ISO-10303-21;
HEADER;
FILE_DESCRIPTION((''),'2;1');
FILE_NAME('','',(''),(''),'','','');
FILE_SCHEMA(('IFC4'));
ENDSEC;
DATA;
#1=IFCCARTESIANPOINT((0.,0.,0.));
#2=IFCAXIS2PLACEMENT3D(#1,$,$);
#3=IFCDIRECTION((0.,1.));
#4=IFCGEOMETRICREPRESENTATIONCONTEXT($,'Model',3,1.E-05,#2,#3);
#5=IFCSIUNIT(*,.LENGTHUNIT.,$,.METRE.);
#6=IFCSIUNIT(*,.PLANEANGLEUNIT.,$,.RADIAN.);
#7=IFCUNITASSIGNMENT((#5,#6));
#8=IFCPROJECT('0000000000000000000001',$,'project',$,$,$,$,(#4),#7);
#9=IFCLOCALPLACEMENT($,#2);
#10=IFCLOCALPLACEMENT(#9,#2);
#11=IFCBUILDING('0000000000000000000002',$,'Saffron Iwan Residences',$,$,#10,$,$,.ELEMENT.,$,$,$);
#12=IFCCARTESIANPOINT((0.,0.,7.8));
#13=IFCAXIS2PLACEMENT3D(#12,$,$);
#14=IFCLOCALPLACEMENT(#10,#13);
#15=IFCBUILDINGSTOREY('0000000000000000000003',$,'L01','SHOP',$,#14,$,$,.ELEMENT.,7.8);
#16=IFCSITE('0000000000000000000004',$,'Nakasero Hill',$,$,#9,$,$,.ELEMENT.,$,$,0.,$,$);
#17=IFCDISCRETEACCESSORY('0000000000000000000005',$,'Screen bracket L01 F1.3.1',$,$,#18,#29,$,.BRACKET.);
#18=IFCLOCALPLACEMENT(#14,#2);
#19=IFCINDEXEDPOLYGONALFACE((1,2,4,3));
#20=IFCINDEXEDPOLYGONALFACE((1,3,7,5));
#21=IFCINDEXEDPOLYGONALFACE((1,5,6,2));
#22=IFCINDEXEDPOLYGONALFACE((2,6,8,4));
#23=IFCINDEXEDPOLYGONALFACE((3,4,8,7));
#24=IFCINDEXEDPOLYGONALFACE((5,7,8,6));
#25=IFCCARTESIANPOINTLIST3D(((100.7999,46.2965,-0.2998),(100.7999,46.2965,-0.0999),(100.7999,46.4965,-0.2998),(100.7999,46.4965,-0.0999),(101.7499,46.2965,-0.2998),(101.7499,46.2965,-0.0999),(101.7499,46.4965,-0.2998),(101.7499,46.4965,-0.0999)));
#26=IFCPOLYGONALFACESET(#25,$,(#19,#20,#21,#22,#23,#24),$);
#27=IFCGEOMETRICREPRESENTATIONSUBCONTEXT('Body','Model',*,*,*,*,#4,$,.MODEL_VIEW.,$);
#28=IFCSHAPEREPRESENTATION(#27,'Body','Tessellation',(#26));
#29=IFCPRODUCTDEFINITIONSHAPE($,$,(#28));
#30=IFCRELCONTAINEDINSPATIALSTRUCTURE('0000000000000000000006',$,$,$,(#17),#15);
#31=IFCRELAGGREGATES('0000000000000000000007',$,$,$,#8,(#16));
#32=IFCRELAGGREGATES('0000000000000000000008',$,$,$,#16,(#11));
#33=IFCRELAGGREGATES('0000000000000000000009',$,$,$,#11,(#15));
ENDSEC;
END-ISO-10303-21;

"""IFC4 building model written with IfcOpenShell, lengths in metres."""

from ifc_helpers import new_model, si_unit, direction, frame, origin, origin_2d, place, context, subcontext, project, spatial, rectangle, extrude, source, transform, mapped, element, save


model = new_model("IFC4")

# Units and contexts
model_context = context("Model", 3, precision=1e-05, world=origin(), true_north=direction((0.0, 1.0)))
body_context = subcontext(model_context, "Body", "Model", "MODEL_VIEW")
ifc_project = project(units=[si_unit("LENGTHUNIT", "METRE"), si_unit("PLANEANGLEUNIT", "RADIAN")], contexts=[model_context])

# Site, building, storey
site_placement = place(None, origin())
site = spatial("IfcSite", under=ifc_project, at=site_placement, Name="Nakasero Hill", CompositionType="ELEMENT", RefElevation=0.0)
building_placement = place(site_placement, origin())
building = spatial("IfcBuilding", under=site, at=building_placement, Name="Saffron Iwan Residences", CompositionType="ELEMENT")
storey_placement = place(building_placement, frame((0.0, 0.0, 7.8)))
storey = spatial("IfcBuildingStorey", under=building, at=storey_placement, Name="L01", Description="SHOP", CompositionType="ELEMENT", Elevation=7.8)

# Discrete accessory
shared_shape_1 = source(origin(), body_context, "Body", "SweptSolid", [
    extrude(rectangle(XDim=0.95, YDim=0.2, at=origin_2d()), origin(), (0.0, 0.0, 1.0), 0.2),
])
for number, where, z_axis, x_axis, name in (
    (1, (101.2749, 46.3965, -0.2998), (0.0, 0.0, 1.0), (1.0, 0.0, 0.0), "Screen bracket L01 F1.3.1"),
):
    element("IfcDiscreteAccessory", number, at=place(storey_placement, frame(where, z_axis=z_axis, x_axis=x_axis)), inside=storey, Name=name, PredefinedType="BRACKET", context=body_context, shape_type="MappedRepresentation", body=[
        mapped(shared_shape_1, transform((0.0, 0.0, 0.0))),
    ])

save(model, "model.ifc")
